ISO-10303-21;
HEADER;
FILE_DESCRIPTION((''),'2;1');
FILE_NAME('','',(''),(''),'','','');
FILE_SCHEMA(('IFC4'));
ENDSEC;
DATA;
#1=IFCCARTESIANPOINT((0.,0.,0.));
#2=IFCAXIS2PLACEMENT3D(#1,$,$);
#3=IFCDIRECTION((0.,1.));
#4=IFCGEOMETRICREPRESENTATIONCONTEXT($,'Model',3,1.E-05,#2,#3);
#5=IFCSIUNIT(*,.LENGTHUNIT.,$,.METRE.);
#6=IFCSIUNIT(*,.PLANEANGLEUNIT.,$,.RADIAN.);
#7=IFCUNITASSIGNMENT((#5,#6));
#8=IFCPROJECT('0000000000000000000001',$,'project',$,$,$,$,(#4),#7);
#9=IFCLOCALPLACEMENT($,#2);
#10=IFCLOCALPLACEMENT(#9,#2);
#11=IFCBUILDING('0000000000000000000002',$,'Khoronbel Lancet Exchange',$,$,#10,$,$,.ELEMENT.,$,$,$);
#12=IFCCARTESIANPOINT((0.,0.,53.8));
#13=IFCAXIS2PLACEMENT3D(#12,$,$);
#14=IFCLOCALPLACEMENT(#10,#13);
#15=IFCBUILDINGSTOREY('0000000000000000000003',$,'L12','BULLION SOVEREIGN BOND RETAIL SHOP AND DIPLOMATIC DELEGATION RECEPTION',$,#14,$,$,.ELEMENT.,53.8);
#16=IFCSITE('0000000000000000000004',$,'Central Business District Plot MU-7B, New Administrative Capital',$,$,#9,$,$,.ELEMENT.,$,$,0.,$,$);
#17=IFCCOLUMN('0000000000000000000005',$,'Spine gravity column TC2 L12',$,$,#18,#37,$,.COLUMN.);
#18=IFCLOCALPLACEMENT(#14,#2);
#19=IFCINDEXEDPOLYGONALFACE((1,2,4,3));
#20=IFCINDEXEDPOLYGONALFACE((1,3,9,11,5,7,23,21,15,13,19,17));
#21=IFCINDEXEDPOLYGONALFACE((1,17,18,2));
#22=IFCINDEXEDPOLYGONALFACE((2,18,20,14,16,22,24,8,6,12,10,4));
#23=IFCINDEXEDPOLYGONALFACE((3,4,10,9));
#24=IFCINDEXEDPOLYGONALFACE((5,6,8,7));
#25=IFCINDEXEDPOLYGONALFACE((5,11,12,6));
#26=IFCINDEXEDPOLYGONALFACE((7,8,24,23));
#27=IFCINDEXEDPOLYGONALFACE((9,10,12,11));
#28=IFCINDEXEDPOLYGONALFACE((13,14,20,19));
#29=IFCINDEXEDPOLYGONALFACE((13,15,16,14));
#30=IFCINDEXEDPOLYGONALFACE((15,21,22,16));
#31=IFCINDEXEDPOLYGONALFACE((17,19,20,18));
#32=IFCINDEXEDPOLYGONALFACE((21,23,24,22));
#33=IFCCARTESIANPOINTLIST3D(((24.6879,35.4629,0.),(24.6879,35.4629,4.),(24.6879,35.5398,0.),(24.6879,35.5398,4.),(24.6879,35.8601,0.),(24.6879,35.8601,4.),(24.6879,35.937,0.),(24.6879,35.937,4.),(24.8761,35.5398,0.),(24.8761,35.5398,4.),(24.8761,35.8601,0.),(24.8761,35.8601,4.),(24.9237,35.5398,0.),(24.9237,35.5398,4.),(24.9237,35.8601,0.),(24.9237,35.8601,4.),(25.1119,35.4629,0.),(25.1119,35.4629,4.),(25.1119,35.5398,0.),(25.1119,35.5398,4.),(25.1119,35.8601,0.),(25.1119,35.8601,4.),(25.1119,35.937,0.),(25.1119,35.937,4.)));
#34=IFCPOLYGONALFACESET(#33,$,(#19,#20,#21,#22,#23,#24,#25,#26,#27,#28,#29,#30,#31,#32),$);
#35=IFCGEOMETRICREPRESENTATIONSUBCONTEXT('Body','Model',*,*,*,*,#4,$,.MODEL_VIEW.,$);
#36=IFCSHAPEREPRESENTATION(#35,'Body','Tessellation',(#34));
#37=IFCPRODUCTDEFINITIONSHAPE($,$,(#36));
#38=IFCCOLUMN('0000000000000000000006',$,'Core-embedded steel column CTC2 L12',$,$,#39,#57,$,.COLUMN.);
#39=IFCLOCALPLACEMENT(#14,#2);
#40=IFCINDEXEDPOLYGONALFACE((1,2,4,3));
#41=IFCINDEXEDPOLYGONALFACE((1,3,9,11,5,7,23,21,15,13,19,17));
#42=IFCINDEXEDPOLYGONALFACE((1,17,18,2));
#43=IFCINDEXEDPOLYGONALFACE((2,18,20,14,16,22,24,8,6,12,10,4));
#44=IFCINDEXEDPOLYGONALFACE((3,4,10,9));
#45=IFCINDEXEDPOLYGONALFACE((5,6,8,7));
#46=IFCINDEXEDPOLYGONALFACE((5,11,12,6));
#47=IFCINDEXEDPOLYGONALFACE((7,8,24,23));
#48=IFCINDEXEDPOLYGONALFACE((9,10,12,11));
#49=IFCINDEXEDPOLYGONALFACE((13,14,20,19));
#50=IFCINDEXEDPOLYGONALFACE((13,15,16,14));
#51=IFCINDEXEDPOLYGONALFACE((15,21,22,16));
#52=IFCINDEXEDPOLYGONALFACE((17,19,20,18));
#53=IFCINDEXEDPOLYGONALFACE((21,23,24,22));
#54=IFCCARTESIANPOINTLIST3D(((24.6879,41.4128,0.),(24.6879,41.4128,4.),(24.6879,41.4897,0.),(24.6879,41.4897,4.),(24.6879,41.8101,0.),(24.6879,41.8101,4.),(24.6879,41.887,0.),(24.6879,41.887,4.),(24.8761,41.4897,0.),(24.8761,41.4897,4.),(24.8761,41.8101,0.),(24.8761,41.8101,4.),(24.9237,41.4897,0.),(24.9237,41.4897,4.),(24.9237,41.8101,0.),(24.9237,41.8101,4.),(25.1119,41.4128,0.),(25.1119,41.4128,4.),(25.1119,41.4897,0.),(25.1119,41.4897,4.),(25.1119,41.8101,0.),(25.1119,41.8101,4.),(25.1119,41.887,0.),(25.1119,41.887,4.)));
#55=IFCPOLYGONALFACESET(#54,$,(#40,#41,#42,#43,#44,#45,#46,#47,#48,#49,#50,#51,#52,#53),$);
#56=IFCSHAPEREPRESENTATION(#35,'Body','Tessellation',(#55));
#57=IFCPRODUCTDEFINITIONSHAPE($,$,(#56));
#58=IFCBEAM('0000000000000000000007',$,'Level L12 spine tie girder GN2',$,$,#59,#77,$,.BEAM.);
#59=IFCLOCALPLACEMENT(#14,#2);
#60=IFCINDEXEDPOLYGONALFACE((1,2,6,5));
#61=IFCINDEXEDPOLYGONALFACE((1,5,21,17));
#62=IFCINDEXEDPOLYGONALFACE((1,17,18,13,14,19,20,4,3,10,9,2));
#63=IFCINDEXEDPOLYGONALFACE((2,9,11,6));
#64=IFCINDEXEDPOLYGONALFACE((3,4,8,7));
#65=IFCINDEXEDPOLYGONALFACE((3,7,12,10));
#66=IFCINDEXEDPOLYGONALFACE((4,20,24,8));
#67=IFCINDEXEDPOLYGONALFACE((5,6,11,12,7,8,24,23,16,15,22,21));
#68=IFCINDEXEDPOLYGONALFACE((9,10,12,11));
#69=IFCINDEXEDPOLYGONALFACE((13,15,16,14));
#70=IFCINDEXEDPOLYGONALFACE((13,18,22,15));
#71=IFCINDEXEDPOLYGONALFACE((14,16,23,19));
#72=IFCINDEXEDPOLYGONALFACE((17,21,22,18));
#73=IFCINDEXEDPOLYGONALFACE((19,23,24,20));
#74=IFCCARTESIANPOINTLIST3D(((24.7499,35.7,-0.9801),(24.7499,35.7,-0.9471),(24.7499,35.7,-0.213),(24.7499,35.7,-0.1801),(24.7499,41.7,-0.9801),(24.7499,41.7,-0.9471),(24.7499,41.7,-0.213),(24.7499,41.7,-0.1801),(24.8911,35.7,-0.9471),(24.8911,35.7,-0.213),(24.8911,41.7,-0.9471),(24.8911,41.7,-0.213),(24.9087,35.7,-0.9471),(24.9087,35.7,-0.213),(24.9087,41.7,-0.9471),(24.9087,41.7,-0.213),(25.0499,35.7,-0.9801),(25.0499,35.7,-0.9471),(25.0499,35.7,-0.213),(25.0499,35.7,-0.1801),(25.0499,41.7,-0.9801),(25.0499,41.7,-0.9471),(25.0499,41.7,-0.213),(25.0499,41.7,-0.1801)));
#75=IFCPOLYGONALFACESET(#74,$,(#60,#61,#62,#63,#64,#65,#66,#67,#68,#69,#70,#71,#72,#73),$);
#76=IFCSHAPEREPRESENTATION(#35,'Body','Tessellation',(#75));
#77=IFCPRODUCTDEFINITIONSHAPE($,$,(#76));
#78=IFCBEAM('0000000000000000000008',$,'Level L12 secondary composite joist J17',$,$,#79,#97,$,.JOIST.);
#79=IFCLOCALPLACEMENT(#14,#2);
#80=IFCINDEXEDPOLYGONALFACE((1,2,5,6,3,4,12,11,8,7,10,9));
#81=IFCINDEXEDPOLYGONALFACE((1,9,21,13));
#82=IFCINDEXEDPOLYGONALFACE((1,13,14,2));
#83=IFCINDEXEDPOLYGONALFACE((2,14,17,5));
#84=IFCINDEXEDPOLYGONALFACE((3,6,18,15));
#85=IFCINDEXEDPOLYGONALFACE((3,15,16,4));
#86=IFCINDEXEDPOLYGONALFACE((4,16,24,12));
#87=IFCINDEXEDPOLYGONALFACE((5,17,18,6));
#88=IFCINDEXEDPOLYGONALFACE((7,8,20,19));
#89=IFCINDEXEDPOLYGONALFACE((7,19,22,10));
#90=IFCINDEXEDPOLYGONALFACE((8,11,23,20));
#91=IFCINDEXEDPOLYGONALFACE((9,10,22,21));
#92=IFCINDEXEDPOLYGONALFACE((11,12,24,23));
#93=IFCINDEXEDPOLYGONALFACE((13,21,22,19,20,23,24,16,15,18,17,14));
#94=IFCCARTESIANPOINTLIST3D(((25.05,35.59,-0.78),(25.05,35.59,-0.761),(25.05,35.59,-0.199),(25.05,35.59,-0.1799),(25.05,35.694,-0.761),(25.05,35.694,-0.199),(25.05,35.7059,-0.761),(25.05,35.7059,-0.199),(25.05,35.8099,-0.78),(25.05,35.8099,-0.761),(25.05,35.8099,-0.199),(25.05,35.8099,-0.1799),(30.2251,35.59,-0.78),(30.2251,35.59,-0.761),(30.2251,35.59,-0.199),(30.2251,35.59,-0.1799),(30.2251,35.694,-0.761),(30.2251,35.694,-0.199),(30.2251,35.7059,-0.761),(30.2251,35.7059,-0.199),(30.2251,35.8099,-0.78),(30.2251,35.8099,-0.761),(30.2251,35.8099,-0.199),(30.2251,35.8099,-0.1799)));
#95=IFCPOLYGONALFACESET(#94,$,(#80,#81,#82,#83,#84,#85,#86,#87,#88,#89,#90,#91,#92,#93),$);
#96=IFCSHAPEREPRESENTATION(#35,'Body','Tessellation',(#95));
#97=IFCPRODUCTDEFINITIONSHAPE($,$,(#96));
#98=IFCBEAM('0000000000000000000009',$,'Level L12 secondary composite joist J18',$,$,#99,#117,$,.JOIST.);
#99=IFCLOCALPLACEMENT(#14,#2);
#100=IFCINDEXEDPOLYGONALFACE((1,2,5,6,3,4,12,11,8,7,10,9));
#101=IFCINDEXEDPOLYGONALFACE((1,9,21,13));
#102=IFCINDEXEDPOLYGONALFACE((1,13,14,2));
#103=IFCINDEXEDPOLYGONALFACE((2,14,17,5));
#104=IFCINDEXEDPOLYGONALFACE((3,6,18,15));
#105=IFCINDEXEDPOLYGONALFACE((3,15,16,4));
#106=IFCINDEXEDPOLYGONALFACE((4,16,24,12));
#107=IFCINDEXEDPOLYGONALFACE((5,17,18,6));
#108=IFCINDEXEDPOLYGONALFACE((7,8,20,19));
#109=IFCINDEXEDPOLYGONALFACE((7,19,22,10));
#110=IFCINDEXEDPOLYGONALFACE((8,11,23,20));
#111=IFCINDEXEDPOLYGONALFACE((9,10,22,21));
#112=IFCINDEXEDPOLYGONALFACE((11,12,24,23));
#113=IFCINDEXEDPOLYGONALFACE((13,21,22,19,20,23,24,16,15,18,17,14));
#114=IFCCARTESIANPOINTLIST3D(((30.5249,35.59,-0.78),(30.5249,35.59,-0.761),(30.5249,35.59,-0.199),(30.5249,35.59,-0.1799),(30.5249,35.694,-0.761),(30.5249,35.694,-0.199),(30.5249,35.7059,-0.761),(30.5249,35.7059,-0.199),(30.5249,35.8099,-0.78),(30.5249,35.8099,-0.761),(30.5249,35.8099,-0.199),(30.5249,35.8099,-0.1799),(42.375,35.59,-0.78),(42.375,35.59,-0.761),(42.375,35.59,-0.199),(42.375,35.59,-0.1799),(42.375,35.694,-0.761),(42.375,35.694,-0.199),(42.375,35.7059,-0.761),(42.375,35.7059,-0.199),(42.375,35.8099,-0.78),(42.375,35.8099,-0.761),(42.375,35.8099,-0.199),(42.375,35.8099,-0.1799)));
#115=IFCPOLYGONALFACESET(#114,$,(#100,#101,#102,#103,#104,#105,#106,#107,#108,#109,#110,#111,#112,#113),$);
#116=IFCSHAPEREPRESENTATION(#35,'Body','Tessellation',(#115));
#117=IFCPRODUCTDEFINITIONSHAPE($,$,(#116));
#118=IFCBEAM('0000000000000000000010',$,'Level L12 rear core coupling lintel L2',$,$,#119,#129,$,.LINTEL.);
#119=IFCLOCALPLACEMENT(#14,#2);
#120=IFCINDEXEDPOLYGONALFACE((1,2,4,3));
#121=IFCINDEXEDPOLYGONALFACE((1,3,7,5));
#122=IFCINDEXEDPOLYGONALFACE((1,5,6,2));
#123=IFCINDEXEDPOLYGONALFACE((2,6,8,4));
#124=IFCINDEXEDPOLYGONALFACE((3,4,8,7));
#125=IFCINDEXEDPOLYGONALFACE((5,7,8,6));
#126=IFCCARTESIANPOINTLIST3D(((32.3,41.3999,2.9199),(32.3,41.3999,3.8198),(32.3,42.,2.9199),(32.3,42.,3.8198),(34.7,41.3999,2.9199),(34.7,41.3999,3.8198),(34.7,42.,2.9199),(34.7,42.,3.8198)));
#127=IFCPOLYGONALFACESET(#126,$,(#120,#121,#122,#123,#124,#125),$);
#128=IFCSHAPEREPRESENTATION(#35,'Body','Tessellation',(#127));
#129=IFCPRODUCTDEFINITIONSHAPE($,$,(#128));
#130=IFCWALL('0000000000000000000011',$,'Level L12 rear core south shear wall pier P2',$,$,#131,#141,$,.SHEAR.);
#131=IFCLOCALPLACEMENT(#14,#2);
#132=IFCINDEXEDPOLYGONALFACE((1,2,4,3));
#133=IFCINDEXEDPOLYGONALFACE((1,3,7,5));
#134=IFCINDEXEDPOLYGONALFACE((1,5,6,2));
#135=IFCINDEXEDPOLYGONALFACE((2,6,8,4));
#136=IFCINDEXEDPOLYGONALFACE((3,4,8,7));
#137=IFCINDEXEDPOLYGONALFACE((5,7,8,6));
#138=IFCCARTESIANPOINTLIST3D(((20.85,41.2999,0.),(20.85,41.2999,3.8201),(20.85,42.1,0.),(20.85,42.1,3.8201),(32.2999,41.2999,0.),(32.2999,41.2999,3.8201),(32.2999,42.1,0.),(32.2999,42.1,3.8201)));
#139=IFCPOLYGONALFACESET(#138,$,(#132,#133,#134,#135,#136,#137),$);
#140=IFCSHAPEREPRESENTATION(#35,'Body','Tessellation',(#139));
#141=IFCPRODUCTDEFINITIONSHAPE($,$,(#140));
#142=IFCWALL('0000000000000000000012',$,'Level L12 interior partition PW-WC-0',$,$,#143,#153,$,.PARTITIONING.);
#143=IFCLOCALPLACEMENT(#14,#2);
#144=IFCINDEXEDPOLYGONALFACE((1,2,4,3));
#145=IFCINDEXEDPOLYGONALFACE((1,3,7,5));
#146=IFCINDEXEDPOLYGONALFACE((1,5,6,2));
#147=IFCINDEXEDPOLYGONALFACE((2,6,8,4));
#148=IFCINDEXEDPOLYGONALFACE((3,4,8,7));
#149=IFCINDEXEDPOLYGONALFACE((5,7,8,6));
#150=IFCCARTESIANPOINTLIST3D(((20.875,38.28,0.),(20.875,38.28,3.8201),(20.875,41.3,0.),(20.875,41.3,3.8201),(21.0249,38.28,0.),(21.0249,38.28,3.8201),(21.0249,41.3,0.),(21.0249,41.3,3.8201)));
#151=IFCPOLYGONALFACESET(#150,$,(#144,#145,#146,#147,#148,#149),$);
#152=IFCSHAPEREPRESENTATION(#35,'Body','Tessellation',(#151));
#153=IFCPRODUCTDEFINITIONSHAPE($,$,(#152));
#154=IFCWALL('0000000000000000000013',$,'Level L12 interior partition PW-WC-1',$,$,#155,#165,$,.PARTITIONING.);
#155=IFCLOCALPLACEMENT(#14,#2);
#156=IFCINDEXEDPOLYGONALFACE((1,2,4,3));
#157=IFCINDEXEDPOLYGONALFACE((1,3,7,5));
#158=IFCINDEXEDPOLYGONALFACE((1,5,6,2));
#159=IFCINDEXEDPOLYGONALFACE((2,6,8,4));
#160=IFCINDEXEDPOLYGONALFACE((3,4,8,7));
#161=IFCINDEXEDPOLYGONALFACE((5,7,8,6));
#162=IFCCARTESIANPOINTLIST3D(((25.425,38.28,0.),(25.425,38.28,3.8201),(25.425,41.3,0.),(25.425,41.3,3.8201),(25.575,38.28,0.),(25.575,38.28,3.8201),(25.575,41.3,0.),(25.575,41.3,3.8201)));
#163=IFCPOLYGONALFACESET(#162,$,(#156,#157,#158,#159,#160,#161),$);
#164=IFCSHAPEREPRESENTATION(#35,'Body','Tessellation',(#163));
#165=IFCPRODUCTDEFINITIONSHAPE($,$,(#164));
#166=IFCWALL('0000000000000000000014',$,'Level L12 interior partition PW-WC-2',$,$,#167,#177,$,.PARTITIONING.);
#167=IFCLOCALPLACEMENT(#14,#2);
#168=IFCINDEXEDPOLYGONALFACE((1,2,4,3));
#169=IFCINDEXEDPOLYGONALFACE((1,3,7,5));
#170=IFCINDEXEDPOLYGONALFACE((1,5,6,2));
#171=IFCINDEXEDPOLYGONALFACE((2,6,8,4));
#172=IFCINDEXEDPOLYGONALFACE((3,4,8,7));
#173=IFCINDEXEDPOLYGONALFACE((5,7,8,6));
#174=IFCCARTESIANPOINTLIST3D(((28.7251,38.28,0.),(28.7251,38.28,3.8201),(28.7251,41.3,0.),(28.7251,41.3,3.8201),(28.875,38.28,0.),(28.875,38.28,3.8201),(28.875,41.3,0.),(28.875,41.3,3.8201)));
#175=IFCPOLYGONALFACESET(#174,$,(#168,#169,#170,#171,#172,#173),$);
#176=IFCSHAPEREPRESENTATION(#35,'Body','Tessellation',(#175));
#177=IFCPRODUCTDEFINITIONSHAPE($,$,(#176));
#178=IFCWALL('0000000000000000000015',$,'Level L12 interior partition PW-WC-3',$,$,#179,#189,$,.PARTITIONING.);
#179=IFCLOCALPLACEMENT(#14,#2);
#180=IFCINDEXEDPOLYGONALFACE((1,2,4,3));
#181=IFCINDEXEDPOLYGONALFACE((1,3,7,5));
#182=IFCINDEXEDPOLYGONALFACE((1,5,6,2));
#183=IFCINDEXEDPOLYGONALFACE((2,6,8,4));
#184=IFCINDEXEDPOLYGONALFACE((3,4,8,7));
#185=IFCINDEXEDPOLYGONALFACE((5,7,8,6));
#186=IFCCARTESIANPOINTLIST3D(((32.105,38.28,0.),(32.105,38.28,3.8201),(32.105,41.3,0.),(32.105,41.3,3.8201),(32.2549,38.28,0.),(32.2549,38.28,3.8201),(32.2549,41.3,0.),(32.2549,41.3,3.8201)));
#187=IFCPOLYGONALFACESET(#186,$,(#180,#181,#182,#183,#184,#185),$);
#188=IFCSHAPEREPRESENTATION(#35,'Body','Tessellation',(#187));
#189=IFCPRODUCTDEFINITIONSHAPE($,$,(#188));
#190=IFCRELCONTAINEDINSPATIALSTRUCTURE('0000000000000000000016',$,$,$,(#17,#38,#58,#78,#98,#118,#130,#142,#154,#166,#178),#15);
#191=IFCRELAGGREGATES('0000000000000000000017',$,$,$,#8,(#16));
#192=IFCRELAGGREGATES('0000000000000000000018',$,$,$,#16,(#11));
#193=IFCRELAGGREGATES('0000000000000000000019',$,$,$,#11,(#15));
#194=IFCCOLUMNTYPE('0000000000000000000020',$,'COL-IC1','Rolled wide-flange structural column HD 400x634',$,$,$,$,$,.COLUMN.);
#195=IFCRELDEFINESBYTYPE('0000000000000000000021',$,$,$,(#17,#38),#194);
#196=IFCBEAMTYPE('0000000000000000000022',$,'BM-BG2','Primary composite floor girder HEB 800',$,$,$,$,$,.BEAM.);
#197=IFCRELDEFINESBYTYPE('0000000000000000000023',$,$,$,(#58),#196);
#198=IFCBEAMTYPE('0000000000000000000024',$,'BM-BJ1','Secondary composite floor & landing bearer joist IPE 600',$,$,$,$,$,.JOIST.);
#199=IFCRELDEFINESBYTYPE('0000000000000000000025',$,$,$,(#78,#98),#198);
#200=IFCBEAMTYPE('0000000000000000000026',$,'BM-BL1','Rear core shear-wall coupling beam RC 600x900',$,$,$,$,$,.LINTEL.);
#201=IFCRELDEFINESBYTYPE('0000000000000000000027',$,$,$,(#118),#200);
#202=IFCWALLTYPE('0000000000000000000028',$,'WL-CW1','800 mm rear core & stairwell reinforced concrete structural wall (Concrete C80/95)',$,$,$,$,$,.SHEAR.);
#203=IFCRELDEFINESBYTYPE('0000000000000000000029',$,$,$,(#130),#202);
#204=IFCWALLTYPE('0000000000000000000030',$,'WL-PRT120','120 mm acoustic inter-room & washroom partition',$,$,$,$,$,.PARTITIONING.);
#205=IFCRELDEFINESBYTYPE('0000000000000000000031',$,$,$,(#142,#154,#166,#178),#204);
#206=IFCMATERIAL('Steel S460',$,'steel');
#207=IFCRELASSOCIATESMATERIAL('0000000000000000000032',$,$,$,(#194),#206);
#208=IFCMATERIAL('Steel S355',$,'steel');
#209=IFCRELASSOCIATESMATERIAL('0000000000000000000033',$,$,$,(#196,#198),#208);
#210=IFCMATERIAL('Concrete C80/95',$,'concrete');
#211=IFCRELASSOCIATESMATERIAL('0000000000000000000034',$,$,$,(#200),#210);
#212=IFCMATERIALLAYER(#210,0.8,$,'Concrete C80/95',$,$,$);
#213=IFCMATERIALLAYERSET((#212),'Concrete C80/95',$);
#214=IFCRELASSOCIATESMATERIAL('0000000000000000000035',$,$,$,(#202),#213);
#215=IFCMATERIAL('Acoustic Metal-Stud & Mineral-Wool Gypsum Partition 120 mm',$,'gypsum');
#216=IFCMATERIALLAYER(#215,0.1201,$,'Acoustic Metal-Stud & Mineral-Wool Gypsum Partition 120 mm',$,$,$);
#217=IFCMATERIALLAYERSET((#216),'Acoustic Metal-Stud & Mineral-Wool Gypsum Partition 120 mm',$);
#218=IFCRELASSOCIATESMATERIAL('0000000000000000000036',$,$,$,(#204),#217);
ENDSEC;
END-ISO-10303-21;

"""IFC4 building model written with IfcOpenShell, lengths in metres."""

from ifc_helpers import new_model, si_unit, direction, frame, frame_2d, origin, origin_2d, place, context, subcontext, project, spatial, rectangle, i_section, extrude, material, layer, layer_set, material_profile, profile_set, type_object, element, save


model = new_model("IFC4")

# Units and contexts
model_context = context("Model", 3, precision=1e-05, world=origin(), true_north=direction((0.0, 1.0)))
body_context = subcontext(model_context, "Body", "Model", "MODEL_VIEW")
ifc_project = project(units=[si_unit("LENGTHUNIT", "METRE"), si_unit("PLANEANGLEUNIT", "RADIAN")], contexts=[model_context])

# Site, building, storey
site_placement = place(None, origin())
site = spatial("IfcSite", under=ifc_project, at=site_placement, Name="Central Business District Plot MU-7B, New Administrative Capital", CompositionType="ELEMENT", RefElevation=0.0)
building_placement = place(site_placement, origin())
building = spatial("IfcBuilding", under=site, at=building_placement, Name="Khoronbel Lancet Exchange", CompositionType="ELEMENT")
storey_placement = place(building_placement, frame((0.0, 0.0, 53.8)))
storey = spatial("IfcBuildingStorey", under=building, at=storey_placement, Name="L12", Description="BULLION SOVEREIGN BOND RETAIL SHOP AND DIPLOMATIC DELEGATION RECEPTION", CompositionType="ELEMENT", Elevation=53.8)

# Columns
ifc_material_1 = material(Name="Steel S460", Category="steel")
ifc_material_profile_1 = material_profile(ifc_material_1, i_section(OverallWidth=0.4241, OverallDepth=0.4741, WebThickness=0.0476, FlangeThickness=0.0769, at=origin_2d()), Name="HD 400x634")
ifc_profile_set_1 = profile_set([ifc_material_profile_1], Name="Steel S460")
column_type = type_object("IfcColumnType", Name="COL-IC1", Description="Rolled wide-flange structural column HD 400x634", PredefinedType="COLUMN", material=ifc_profile_set_1)
for number, where, z_axis, x_axis, name in (
    (1, (24.8999, 35.7, 0.0), (0.0, 0.0, 1.0), (1.0, 0.0, 0.0), "Spine gravity column TC2 L12"),
    (2, (24.8999, 41.6499, 0.0), (0.0, 0.0, 1.0), (1.0, 0.0, 0.0), "Core-embedded steel column CTC2 L12"),
):
    element("IfcColumn", number, at=place(storey_placement, frame(where, z_axis=z_axis, x_axis=x_axis)), inside=storey, type_object=column_type, Name=name, PredefinedType="COLUMN", context=body_context, shape_type="SweptSolid", body=[
        extrude(i_section(OverallWidth=0.4241, OverallDepth=0.4741, WebThickness=0.0476, FlangeThickness=0.0769, at=origin_2d()), origin(), (0.0, 0.0, 1.0), 4.0),
    ])

# Beams
ifc_material_2 = material(Name="Steel S355", Category="steel")
ifc_material_profile_2 = material_profile(ifc_material_2, i_section(OverallWidth=0.3, OverallDepth=0.8, WebThickness=0.0176, FlangeThickness=0.033, at=origin_2d()), Name="HEB 800")
ifc_profile_set_2 = profile_set([ifc_material_profile_2], Name="Steel S355")
beam_type_1 = type_object("IfcBeamType", Name="BM-BG2", Description="Primary composite floor girder HEB 800", PredefinedType="BEAM", material=ifc_profile_set_2)
beam_1_placement = place(storey_placement, frame((24.8999, 35.7, -0.5801), z_axis=(0.0, 1.0, 0.0), x_axis=(-1.0, 0.0, 0.0)))
element("IfcBeam", 3, at=beam_1_placement, inside=storey, type_object=beam_type_1, Name="Level L12 spine tie girder GN2", PredefinedType="BEAM", context=body_context, shape_type="SweptSolid", body=[
    extrude(i_section(OverallWidth=0.3, OverallDepth=0.8, WebThickness=0.0176, FlangeThickness=0.033, at=origin_2d()), origin(), (0.0, 0.0, 1.0), 6.0),
])
ifc_material_profile_3 = material_profile(ifc_material_2, i_section(OverallWidth=0.22, OverallDepth=0.6001, WebThickness=0.012, FlangeThickness=0.019, at=origin_2d()), Name="IPE 600")
ifc_profile_set_3 = profile_set([ifc_material_profile_3], Name="Steel S355")
beam_type_2 = type_object("IfcBeamType", Name="BM-BJ1", Description="Secondary composite floor & landing bearer joist IPE 600", PredefinedType="JOIST", material=ifc_profile_set_3)
beam_2_placement = place(storey_placement, frame((25.05, 35.7, -0.48), z_axis=(1.0, 0.0, 0.0), x_axis=(0.0, 1.0, 0.0)))
element("IfcBeam", 4, at=beam_2_placement, inside=storey, type_object=beam_type_2, Name="Level L12 secondary composite joist J17", PredefinedType="JOIST", context=body_context, shape_type="SweptSolid", body=[
    extrude(i_section(OverallWidth=0.22, OverallDepth=0.6001, WebThickness=0.012, FlangeThickness=0.019, at=origin_2d()), origin(), (0.0, 0.0, 1.0), 5.175),
])
beam_3_placement = place(storey_placement, frame((30.5249, 35.7, -0.48), z_axis=(1.0, 0.0, 0.0), x_axis=(0.0, 1.0, 0.0)))
element("IfcBeam", 5, at=beam_3_placement, inside=storey, type_object=beam_type_2, Name="Level L12 secondary composite joist J18", PredefinedType="JOIST", context=body_context, shape_type="SweptSolid", body=[
    extrude(i_section(OverallWidth=0.22, OverallDepth=0.6001, WebThickness=0.012, FlangeThickness=0.019, at=origin_2d()), origin(), (0.0, 0.0, 1.0), 11.8501),
])
ifc_material_3 = material(Name="Concrete C80/95", Category="concrete")
ifc_material_profile_4 = material_profile(ifc_material_3, rectangle(XDim=0.6001, YDim=0.8999, at=origin_2d()), Name="RC 600x900")
ifc_profile_set_4 = profile_set([ifc_material_profile_4], Name="Concrete C80/95")
beam_type_3 = type_object("IfcBeamType", Name="BM-BL1", Description="Rear core shear-wall coupling beam RC 600x900", PredefinedType="LINTEL", material=ifc_profile_set_4)
beam_4_placement = place(storey_placement, frame((32.3, 41.7, 3.3699), z_axis=(1.0, 0.0, 0.0), x_axis=(0.0, 1.0, 0.0)))
element("IfcBeam", 6, at=beam_4_placement, inside=storey, type_object=beam_type_3, Name="Level L12 rear core coupling lintel L2", PredefinedType="LINTEL", context=body_context, shape_type="SweptSolid", body=[
    extrude(rectangle(XDim=0.6001, YDim=0.8999, at=origin_2d()), origin(), (0.0, 0.0, 1.0), 2.3999),
])

# Walls
ifc_layer_1 = layer(ifc_material_3, 0.8, Name="Concrete C80/95")
ifc_layer_set_1 = layer_set([ifc_layer_1], Name="Concrete C80/95")
wall_type_1 = type_object("IfcWallType", Name="WL-CW1", Description="800 mm rear core & stairwell reinforced concrete structural wall (Concrete C80/95)", PredefinedType="SHEAR", material=ifc_layer_set_1)
wall_1_placement = place(storey_placement, frame((32.3, 41.7, 0.0), z_axis=(0.0, 0.0, 1.0), x_axis=(-1.0, 0.0, 0.0)))
element("IfcWall", 7, at=wall_1_placement, inside=storey, type_object=wall_type_1, Name="Level L12 rear core south shear wall pier P2", PredefinedType="SHEAR", context=body_context, shape_type="SweptSolid", body=[
    extrude(rectangle(XDim=11.45, YDim=0.8, at=frame_2d((5.7251, 0.0))), origin(), (0.0, 0.0, 1.0), 3.8201),
])
ifc_material_4 = material(Name="Acoustic Metal-Stud & Mineral-Wool Gypsum Partition 120 mm", Category="gypsum")
ifc_layer_2 = layer(ifc_material_4, 0.1201, Name="Acoustic Metal-Stud & Mineral-Wool Gypsum Partition 120 mm")
ifc_layer_set_2 = layer_set([ifc_layer_2], Name="Acoustic Metal-Stud & Mineral-Wool Gypsum Partition 120 mm")
wall_type_2 = type_object("IfcWallType", Name="WL-PRT120", Description="120 mm acoustic inter-room & washroom partition", PredefinedType="PARTITIONING", material=ifc_layer_set_2)
for number, where, z_axis, x_axis, name in (
    (8, (20.95, 38.28, 0.0), (0.0, 0.0, 1.0), (0.0, 1.0, 0.0), "Level L12 interior partition PW-WC-0"),
    (9, (25.5, 38.28, 0.0), (0.0, 0.0, 1.0), (0.0, 1.0, 0.0), "Level L12 interior partition PW-WC-1"),
    (10, (28.8, 38.28, 0.0), (0.0, 0.0, 1.0), (0.0, 1.0, 0.0), "Level L12 interior partition PW-WC-2"),
    (11, (32.1799, 38.28, 0.0), (0.0, 0.0, 1.0), (0.0, 1.0, 0.0), "Level L12 interior partition PW-WC-3"),
):
    element("IfcWall", number, at=place(storey_placement, frame(where, z_axis=z_axis, x_axis=x_axis)), inside=storey, type_object=wall_type_2, Name=name, PredefinedType="PARTITIONING", context=body_context, shape_type="SweptSolid", body=[
        extrude(rectangle(XDim=3.02, YDim=0.1499, at=frame_2d((1.51, 0.0))), origin(), (0.0, 0.0, 1.0), 3.8201),
    ])

save(model, "model.ifc")
